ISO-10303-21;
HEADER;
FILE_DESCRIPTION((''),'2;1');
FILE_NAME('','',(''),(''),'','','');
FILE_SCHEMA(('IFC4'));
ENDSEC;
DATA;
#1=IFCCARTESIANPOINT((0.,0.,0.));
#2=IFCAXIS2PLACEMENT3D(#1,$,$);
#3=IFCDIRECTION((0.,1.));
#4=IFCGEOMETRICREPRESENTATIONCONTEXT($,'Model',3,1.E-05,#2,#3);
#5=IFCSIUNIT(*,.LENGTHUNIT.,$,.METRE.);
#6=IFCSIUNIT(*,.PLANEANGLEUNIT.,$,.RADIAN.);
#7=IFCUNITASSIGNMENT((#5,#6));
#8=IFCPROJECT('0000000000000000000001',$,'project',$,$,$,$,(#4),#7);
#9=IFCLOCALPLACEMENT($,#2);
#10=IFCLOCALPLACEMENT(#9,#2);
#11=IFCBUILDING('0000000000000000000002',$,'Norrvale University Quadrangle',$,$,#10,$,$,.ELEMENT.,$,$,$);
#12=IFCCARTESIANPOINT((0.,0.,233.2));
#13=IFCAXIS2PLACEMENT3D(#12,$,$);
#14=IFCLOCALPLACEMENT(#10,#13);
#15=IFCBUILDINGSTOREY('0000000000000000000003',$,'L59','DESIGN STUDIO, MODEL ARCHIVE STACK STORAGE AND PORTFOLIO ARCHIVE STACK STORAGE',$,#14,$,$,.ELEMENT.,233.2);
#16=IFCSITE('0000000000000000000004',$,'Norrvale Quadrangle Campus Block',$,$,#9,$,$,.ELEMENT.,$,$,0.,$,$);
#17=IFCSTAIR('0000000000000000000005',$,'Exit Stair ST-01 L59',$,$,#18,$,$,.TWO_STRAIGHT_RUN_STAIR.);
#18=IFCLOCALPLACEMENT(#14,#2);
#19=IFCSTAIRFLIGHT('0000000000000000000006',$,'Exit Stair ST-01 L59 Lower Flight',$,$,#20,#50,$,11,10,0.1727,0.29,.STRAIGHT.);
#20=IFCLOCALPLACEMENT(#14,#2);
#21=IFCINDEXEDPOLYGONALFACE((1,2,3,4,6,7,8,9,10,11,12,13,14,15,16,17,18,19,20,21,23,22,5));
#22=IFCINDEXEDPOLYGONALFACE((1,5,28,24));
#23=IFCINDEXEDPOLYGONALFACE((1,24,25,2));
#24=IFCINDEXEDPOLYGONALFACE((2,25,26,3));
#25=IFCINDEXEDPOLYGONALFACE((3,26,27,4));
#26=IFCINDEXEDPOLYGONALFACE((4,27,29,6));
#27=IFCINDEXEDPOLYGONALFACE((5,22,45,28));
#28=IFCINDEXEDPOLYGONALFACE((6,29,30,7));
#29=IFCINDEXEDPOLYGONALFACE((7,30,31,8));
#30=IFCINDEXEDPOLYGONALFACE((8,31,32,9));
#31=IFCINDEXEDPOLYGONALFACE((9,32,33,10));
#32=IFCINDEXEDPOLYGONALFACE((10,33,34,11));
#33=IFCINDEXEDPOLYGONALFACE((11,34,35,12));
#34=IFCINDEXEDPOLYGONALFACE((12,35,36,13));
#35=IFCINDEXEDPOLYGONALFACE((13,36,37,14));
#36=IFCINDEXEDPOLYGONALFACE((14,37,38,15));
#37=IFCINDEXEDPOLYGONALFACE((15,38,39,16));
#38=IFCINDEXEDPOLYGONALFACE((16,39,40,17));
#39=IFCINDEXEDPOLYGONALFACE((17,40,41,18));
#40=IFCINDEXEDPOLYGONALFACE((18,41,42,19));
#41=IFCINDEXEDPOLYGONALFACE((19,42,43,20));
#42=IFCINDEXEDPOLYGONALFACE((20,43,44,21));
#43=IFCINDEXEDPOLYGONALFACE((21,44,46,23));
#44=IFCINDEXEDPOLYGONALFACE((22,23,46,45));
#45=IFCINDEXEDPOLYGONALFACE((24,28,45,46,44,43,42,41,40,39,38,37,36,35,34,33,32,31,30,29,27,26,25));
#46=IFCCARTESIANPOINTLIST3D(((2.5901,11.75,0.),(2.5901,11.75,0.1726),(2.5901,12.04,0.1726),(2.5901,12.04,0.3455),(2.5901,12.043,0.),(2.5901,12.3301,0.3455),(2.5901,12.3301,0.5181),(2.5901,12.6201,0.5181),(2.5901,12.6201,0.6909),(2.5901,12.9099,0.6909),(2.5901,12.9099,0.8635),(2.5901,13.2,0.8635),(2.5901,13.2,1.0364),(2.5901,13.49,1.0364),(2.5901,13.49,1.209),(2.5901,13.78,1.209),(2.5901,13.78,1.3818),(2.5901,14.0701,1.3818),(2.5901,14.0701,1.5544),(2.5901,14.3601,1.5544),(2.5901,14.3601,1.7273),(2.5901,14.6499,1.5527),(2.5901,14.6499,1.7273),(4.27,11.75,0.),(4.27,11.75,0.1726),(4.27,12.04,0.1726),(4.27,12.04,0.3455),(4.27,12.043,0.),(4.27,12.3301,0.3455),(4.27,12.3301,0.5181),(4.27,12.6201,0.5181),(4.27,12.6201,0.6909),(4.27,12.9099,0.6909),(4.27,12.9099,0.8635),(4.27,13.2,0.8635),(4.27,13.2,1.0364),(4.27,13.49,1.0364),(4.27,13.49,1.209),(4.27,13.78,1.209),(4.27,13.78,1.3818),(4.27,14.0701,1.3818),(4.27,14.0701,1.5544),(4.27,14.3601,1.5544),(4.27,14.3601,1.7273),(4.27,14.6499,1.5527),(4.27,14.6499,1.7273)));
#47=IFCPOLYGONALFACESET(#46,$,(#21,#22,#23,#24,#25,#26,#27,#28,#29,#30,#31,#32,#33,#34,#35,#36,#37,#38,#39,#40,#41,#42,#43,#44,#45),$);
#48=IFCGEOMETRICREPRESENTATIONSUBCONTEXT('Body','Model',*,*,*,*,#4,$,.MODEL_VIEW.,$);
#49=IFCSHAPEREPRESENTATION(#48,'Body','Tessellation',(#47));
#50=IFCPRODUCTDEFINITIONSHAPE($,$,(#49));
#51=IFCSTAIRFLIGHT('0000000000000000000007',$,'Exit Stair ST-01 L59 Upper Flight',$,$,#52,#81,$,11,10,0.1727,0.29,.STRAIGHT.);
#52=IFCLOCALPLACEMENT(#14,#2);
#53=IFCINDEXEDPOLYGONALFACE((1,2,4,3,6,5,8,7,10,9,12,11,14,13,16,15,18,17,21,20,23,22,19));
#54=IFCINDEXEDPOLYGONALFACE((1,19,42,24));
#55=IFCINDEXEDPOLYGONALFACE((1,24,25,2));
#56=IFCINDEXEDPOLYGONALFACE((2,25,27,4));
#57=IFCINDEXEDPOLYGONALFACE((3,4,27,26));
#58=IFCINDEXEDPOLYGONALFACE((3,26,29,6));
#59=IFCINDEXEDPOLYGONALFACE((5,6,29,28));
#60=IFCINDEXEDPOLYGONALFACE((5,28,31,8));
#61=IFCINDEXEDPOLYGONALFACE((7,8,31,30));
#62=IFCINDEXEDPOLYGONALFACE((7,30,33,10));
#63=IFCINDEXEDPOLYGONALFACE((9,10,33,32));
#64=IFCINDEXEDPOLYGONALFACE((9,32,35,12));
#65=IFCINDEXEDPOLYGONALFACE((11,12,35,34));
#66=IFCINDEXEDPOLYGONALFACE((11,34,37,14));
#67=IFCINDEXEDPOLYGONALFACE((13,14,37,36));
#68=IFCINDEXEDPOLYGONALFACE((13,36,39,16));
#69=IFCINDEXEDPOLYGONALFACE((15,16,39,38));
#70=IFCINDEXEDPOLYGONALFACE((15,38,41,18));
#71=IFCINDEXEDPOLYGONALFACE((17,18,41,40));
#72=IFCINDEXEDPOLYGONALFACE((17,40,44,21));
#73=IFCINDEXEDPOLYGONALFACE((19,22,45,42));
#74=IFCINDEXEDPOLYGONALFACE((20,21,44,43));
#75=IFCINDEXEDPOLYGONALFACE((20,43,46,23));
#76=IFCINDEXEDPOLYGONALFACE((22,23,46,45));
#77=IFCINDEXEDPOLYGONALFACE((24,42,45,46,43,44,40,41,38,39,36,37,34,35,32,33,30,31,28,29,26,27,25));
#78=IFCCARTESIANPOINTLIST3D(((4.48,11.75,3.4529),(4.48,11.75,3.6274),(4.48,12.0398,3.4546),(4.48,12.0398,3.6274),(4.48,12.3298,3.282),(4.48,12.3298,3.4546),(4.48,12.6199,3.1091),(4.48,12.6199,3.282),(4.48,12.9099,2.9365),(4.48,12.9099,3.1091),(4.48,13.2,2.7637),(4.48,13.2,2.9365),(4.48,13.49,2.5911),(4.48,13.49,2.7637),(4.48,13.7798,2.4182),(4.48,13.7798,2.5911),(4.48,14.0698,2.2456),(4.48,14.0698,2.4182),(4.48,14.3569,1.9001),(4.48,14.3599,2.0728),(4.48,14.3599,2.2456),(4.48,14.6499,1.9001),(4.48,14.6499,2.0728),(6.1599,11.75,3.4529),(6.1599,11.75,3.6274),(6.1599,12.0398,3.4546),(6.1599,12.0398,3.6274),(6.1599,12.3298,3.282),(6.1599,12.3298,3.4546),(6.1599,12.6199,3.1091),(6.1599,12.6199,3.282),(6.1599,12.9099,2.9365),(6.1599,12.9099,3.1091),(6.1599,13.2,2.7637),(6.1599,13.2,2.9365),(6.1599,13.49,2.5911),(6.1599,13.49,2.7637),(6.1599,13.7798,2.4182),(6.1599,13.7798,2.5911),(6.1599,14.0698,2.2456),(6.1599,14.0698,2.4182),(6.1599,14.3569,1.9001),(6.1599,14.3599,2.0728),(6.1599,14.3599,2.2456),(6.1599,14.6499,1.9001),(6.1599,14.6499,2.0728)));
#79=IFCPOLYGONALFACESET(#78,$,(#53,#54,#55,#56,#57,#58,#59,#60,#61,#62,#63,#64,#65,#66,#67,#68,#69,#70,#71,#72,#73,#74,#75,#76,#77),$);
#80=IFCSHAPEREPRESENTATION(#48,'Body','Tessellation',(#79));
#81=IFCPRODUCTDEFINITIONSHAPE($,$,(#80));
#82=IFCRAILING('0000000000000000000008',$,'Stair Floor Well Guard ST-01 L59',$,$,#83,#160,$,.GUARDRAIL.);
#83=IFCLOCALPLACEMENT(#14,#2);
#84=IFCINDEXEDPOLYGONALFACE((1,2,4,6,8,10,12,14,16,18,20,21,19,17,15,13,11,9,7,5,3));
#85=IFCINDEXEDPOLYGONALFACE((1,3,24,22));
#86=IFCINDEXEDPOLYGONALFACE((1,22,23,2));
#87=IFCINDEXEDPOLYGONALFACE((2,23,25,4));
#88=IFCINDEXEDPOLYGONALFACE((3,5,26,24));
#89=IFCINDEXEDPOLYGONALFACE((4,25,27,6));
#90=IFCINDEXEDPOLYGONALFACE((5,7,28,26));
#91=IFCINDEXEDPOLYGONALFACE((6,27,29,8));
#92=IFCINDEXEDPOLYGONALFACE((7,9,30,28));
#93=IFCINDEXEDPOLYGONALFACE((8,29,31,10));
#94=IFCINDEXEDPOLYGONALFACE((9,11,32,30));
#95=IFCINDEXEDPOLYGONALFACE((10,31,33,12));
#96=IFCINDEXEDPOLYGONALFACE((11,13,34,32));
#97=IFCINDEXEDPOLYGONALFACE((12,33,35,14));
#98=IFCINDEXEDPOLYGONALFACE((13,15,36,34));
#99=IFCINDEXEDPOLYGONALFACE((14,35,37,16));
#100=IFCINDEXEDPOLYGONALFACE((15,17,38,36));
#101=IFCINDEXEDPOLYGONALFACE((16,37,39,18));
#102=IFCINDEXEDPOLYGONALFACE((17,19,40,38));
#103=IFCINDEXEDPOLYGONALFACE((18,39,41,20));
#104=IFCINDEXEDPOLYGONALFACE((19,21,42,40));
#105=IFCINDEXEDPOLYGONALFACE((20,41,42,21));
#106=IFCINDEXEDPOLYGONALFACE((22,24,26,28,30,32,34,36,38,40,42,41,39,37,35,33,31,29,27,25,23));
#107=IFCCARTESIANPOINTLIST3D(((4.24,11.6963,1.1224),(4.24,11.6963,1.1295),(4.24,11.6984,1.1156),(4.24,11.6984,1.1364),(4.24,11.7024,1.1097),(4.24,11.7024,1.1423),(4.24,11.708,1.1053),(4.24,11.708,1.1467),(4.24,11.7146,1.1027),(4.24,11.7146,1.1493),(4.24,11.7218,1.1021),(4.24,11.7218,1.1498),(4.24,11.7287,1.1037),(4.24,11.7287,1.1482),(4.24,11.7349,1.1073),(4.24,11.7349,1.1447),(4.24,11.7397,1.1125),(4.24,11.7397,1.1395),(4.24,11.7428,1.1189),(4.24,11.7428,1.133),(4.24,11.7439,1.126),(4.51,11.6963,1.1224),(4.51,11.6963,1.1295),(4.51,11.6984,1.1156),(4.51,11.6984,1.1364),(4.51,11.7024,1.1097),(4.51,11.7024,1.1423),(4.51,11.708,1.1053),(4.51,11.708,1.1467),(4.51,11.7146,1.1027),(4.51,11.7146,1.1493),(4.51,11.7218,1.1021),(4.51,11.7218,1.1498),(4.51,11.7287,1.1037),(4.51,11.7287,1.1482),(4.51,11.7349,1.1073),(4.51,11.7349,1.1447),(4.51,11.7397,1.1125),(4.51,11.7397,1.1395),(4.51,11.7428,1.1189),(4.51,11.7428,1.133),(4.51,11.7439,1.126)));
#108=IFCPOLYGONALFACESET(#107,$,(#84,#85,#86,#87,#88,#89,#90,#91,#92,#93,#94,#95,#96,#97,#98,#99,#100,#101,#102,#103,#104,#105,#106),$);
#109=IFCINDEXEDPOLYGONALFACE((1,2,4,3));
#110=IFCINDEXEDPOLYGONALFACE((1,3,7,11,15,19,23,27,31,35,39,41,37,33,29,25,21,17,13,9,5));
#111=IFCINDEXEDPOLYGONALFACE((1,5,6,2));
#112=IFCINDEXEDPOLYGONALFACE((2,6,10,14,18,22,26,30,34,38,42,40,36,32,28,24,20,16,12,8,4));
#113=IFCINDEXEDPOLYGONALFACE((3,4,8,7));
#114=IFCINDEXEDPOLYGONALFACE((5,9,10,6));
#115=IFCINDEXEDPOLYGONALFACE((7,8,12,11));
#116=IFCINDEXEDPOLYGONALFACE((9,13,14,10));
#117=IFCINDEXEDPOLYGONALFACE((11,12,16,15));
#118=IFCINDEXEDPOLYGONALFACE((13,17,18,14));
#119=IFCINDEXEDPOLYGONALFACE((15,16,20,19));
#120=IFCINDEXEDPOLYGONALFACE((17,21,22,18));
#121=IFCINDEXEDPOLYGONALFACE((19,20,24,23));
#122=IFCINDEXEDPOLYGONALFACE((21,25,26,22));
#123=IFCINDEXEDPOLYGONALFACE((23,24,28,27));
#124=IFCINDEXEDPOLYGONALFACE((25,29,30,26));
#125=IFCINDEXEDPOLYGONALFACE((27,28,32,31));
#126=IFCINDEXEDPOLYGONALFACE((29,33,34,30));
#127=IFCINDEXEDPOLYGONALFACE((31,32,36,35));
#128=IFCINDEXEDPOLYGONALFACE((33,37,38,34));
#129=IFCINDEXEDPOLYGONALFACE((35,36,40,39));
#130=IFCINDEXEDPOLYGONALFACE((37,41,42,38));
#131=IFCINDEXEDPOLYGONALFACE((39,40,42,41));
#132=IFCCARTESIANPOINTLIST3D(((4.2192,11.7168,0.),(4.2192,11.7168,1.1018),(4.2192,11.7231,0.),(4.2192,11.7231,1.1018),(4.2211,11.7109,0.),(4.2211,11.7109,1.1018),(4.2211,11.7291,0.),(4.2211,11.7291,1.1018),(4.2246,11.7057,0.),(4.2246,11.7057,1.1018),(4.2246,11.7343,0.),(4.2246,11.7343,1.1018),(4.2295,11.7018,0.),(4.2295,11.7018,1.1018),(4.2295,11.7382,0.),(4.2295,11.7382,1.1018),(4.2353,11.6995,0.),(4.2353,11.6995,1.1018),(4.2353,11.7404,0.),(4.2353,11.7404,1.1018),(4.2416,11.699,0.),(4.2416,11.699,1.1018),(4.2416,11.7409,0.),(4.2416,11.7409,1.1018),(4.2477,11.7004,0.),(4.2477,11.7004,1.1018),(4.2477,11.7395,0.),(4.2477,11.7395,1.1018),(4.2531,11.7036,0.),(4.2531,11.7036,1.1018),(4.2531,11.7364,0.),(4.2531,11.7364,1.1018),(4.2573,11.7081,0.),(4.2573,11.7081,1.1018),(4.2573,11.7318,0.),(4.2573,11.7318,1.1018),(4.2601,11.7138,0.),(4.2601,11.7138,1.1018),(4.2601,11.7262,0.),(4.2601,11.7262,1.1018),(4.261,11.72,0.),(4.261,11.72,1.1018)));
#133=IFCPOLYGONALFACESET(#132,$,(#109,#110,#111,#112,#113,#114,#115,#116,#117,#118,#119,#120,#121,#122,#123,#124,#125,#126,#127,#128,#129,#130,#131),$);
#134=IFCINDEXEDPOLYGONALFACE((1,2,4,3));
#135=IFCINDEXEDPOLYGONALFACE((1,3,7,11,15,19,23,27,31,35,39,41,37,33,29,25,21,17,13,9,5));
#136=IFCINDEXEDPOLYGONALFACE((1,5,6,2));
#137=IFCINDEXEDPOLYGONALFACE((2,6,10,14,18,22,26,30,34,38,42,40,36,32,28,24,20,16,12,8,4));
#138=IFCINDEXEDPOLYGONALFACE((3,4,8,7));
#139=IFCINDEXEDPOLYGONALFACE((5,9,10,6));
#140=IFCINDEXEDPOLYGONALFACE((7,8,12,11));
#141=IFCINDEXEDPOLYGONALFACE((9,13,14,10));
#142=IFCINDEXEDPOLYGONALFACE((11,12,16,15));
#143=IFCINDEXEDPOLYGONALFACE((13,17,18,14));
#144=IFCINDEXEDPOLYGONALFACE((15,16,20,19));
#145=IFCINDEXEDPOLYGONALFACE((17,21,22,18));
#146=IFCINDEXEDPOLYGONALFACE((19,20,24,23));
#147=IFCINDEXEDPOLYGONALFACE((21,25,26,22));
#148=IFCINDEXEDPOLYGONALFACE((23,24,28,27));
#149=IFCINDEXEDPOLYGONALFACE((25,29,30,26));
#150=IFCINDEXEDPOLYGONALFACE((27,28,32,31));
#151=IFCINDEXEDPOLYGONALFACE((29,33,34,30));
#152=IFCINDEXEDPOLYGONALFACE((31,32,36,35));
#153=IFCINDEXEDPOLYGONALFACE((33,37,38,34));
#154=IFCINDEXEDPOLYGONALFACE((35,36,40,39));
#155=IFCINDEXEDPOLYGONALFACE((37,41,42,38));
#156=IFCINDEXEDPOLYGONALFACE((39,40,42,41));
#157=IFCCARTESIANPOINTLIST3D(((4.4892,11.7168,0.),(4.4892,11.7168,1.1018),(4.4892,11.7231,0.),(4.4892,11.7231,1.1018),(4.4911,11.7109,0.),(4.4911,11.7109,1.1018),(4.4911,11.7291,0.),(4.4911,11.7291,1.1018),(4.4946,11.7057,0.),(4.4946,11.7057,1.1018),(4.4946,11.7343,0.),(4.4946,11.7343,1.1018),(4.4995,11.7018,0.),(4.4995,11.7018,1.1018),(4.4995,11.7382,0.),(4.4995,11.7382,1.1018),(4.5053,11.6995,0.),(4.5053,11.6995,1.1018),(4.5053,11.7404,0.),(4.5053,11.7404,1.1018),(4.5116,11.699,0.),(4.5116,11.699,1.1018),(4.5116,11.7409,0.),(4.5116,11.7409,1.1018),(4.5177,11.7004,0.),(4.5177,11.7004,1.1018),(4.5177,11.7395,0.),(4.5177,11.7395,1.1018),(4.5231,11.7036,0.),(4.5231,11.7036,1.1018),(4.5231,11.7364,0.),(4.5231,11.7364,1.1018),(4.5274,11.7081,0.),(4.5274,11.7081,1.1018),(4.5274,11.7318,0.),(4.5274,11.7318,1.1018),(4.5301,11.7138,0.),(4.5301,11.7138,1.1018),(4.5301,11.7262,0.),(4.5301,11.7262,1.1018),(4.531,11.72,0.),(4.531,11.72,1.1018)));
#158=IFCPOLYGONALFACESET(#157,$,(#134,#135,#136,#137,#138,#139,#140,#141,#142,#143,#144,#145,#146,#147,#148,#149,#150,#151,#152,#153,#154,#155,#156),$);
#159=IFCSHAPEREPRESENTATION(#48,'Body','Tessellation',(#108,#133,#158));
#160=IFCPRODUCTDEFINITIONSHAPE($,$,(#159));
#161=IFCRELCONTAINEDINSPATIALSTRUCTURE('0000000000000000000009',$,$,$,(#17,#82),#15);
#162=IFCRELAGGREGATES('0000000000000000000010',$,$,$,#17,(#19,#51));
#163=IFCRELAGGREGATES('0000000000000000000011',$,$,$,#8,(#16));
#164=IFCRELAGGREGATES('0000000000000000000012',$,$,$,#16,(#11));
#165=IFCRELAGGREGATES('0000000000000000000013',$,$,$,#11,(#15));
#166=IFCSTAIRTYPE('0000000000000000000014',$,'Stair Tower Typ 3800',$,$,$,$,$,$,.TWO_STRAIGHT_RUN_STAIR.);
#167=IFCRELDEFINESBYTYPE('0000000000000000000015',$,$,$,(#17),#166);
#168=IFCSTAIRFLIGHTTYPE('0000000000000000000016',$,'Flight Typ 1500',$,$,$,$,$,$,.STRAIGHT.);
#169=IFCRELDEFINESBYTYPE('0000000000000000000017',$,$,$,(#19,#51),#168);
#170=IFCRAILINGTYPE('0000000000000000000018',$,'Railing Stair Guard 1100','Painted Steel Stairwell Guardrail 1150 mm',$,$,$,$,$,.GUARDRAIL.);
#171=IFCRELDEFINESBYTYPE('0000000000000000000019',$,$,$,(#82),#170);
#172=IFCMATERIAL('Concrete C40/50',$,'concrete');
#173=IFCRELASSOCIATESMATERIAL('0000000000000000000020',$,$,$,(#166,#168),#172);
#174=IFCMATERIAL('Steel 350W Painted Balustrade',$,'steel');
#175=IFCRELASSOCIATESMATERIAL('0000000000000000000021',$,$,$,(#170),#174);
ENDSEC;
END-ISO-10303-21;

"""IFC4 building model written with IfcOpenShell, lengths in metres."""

from ifc_helpers import new_model, si_unit, direction, frame, origin, origin_2d, place, context, subcontext, project, spatial, polyline, circle, outline, extrude, material, type_object, element, aggregate, save


model = new_model("IFC4")

# Units and contexts
model_context = context("Model", 3, precision=1e-05, world=origin(), true_north=direction((0.0, 1.0)))
body_context = subcontext(model_context, "Body", "Model", "MODEL_VIEW")
ifc_project = project(units=[si_unit("LENGTHUNIT", "METRE"), si_unit("PLANEANGLEUNIT", "RADIAN")], contexts=[model_context])

# Site, building, storey
site_placement = place(None, origin())
site = spatial("IfcSite", under=ifc_project, at=site_placement, Name="Norrvale Quadrangle Campus Block", CompositionType="ELEMENT", RefElevation=0.0)
building_placement = place(site_placement, origin())
building = spatial("IfcBuilding", under=site, at=building_placement, Name="Norrvale University Quadrangle", CompositionType="ELEMENT")
storey_placement = place(building_placement, frame((0.0, 0.0, 233.2)))
storey = spatial("IfcBuildingStorey", under=building, at=storey_placement, Name="L59", Description="DESIGN STUDIO, MODEL ARCHIVE STACK STORAGE AND PORTFOLIO ARCHIVE STACK STORAGE", CompositionType="ELEMENT", Elevation=233.2)

# Stair, stair flights
ifc_material_1 = material(Name="Concrete C40/50", Category="concrete")
stair_type = type_object("IfcStairType", Name="Stair Tower Typ 3800", PredefinedType="TWO_STRAIGHT_RUN_STAIR", material=ifc_material_1)
stair_placement = place(storey_placement, origin())
stair = element("IfcStair", 1, at=stair_placement, inside=storey, type_object=stair_type, Name="Exit Stair ST-01 L59", PredefinedType="TWO_STRAIGHT_RUN_STAIR")
stair_flight_type = type_object("IfcStairFlightType", Name="Flight Typ 1500", PredefinedType="STRAIGHT", material=ifc_material_1)
stair_flight_1_placement = place(storey_placement, frame((3.4299, 11.75, 0.0), z_axis=(0.0, 0.0, 1.0), x_axis=(0.0, 1.0, 0.0)))
stair_flight_1 = element("IfcStairFlight", 2, at=stair_flight_1_placement, type_object=stair_flight_type, Name="Exit Stair ST-01 L59 Lower Flight", NumberOfRisers=11, NumberOfTreads=10, PredefinedType="STRAIGHT", RiserHeight=0.1727, TreadLength=0.29, context=body_context, shape_type="SweptSolid", body=[
    extrude(outline(polyline([(0.0, 0.0), (0.0, 0.1726), (0.29, 0.1726), (0.29, 0.3455), (0.5801, 0.3455), (0.5801, 0.5181), (0.8701, 0.5181), (0.8701, 0.6909), (1.1599, 0.6909), (1.1599, 0.8635), (1.45, 0.8635), (1.45, 1.0364), (1.74, 1.0364), (1.74, 1.209), (2.03, 1.209), (2.03, 1.3818), (2.3201, 1.3818), (2.3201, 1.5544), (2.6101, 1.5544), (2.6101, 1.7273), (2.8999, 1.7273), (2.8999, 1.8999), (2.8999, 1.5527), (0.293, 0.0), (0.0, 0.0)])), frame((0.0, 0.8398, 0.0), z_axis=(0.0, -1.0, 0.0), x_axis=(1.0, 0.0, 0.0)), (0.0, 0.0, 1.0), 1.6799),
])
stair_flight_2_placement = place(storey_placement, frame((5.3201, 14.6499, 1.9001), z_axis=(0.0, 0.0, 1.0), x_axis=(0.0, -1.0, 0.0)))
stair_flight_2 = element("IfcStairFlight", 3, at=stair_flight_2_placement, type_object=stair_flight_type, Name="Exit Stair ST-01 L59 Upper Flight", NumberOfRisers=11, NumberOfTreads=10, PredefinedType="STRAIGHT", RiserHeight=0.1727, TreadLength=0.29, context=body_context, shape_type="SweptSolid", body=[
    extrude(outline(polyline([(0.0, 0.0), (0.0, 0.1726), (0.29, 0.1726), (0.29, 0.3455), (0.5801, 0.3455), (0.5801, 0.5181), (0.8701, 0.5181), (0.8701, 0.6909), (1.1599, 0.6909), (1.1599, 0.8635), (1.45, 0.8635), (1.45, 1.0364), (1.74, 1.0364), (1.74, 1.209), (2.03, 1.209), (2.03, 1.3818), (2.3201, 1.3818), (2.3201, 1.5544), (2.6101, 1.5544), (2.6101, 1.7273), (2.8999, 1.7273), (2.8999, 1.8999), (2.8999, 1.5527), (0.293, 0.0), (0.0, 0.0)])), frame((0.0, 0.8398, 0.0), z_axis=(0.0, -1.0, 0.0), x_axis=(1.0, 0.0, 0.0)), (0.0, 0.0, 1.0), 1.6799),
])
aggregate(stair, [stair_flight_1, stair_flight_2])

# Railing
ifc_material_2 = material(Name="Steel 350W Painted Balustrade", Category="steel")
railing_type_1 = type_object("IfcRailingType", Name="Railing Stair Guard 1100", Description="Painted Steel Stairwell Guardrail 1150 mm", PredefinedType="GUARDRAIL", material=ifc_material_2)
for number, where, name in (
    (4, (4.24, 11.72, 0.0), "Stair Floor Well Guard ST-01 L59"),
):
    element("IfcRailing", number, at=place(storey_placement, frame(where)), inside=storey, type_object=railing_type_1, Name=name, PredefinedType="GUARDRAIL", context=body_context, shape_type="SweptSolid", body=[
        extrude(circle(Radius=0.0239, at=origin_2d()), frame((0.0, 0.0, 1.126), z_axis=(1.0, 0.0, 0.0), x_axis=(0.0, 1.0, 0.0)), (0.0, 0.0, 1.0), 0.27),
        extrude(circle(Radius=0.021, at=origin_2d()), origin(), (0.0, 0.0, 1.0), 1.1018),
        extrude(circle(Radius=0.021, at=origin_2d()), frame((0.27, 0.0, 0.0)), (0.0, 0.0, 1.0), 1.1018),
    ])

save(model, "model.ifc")
